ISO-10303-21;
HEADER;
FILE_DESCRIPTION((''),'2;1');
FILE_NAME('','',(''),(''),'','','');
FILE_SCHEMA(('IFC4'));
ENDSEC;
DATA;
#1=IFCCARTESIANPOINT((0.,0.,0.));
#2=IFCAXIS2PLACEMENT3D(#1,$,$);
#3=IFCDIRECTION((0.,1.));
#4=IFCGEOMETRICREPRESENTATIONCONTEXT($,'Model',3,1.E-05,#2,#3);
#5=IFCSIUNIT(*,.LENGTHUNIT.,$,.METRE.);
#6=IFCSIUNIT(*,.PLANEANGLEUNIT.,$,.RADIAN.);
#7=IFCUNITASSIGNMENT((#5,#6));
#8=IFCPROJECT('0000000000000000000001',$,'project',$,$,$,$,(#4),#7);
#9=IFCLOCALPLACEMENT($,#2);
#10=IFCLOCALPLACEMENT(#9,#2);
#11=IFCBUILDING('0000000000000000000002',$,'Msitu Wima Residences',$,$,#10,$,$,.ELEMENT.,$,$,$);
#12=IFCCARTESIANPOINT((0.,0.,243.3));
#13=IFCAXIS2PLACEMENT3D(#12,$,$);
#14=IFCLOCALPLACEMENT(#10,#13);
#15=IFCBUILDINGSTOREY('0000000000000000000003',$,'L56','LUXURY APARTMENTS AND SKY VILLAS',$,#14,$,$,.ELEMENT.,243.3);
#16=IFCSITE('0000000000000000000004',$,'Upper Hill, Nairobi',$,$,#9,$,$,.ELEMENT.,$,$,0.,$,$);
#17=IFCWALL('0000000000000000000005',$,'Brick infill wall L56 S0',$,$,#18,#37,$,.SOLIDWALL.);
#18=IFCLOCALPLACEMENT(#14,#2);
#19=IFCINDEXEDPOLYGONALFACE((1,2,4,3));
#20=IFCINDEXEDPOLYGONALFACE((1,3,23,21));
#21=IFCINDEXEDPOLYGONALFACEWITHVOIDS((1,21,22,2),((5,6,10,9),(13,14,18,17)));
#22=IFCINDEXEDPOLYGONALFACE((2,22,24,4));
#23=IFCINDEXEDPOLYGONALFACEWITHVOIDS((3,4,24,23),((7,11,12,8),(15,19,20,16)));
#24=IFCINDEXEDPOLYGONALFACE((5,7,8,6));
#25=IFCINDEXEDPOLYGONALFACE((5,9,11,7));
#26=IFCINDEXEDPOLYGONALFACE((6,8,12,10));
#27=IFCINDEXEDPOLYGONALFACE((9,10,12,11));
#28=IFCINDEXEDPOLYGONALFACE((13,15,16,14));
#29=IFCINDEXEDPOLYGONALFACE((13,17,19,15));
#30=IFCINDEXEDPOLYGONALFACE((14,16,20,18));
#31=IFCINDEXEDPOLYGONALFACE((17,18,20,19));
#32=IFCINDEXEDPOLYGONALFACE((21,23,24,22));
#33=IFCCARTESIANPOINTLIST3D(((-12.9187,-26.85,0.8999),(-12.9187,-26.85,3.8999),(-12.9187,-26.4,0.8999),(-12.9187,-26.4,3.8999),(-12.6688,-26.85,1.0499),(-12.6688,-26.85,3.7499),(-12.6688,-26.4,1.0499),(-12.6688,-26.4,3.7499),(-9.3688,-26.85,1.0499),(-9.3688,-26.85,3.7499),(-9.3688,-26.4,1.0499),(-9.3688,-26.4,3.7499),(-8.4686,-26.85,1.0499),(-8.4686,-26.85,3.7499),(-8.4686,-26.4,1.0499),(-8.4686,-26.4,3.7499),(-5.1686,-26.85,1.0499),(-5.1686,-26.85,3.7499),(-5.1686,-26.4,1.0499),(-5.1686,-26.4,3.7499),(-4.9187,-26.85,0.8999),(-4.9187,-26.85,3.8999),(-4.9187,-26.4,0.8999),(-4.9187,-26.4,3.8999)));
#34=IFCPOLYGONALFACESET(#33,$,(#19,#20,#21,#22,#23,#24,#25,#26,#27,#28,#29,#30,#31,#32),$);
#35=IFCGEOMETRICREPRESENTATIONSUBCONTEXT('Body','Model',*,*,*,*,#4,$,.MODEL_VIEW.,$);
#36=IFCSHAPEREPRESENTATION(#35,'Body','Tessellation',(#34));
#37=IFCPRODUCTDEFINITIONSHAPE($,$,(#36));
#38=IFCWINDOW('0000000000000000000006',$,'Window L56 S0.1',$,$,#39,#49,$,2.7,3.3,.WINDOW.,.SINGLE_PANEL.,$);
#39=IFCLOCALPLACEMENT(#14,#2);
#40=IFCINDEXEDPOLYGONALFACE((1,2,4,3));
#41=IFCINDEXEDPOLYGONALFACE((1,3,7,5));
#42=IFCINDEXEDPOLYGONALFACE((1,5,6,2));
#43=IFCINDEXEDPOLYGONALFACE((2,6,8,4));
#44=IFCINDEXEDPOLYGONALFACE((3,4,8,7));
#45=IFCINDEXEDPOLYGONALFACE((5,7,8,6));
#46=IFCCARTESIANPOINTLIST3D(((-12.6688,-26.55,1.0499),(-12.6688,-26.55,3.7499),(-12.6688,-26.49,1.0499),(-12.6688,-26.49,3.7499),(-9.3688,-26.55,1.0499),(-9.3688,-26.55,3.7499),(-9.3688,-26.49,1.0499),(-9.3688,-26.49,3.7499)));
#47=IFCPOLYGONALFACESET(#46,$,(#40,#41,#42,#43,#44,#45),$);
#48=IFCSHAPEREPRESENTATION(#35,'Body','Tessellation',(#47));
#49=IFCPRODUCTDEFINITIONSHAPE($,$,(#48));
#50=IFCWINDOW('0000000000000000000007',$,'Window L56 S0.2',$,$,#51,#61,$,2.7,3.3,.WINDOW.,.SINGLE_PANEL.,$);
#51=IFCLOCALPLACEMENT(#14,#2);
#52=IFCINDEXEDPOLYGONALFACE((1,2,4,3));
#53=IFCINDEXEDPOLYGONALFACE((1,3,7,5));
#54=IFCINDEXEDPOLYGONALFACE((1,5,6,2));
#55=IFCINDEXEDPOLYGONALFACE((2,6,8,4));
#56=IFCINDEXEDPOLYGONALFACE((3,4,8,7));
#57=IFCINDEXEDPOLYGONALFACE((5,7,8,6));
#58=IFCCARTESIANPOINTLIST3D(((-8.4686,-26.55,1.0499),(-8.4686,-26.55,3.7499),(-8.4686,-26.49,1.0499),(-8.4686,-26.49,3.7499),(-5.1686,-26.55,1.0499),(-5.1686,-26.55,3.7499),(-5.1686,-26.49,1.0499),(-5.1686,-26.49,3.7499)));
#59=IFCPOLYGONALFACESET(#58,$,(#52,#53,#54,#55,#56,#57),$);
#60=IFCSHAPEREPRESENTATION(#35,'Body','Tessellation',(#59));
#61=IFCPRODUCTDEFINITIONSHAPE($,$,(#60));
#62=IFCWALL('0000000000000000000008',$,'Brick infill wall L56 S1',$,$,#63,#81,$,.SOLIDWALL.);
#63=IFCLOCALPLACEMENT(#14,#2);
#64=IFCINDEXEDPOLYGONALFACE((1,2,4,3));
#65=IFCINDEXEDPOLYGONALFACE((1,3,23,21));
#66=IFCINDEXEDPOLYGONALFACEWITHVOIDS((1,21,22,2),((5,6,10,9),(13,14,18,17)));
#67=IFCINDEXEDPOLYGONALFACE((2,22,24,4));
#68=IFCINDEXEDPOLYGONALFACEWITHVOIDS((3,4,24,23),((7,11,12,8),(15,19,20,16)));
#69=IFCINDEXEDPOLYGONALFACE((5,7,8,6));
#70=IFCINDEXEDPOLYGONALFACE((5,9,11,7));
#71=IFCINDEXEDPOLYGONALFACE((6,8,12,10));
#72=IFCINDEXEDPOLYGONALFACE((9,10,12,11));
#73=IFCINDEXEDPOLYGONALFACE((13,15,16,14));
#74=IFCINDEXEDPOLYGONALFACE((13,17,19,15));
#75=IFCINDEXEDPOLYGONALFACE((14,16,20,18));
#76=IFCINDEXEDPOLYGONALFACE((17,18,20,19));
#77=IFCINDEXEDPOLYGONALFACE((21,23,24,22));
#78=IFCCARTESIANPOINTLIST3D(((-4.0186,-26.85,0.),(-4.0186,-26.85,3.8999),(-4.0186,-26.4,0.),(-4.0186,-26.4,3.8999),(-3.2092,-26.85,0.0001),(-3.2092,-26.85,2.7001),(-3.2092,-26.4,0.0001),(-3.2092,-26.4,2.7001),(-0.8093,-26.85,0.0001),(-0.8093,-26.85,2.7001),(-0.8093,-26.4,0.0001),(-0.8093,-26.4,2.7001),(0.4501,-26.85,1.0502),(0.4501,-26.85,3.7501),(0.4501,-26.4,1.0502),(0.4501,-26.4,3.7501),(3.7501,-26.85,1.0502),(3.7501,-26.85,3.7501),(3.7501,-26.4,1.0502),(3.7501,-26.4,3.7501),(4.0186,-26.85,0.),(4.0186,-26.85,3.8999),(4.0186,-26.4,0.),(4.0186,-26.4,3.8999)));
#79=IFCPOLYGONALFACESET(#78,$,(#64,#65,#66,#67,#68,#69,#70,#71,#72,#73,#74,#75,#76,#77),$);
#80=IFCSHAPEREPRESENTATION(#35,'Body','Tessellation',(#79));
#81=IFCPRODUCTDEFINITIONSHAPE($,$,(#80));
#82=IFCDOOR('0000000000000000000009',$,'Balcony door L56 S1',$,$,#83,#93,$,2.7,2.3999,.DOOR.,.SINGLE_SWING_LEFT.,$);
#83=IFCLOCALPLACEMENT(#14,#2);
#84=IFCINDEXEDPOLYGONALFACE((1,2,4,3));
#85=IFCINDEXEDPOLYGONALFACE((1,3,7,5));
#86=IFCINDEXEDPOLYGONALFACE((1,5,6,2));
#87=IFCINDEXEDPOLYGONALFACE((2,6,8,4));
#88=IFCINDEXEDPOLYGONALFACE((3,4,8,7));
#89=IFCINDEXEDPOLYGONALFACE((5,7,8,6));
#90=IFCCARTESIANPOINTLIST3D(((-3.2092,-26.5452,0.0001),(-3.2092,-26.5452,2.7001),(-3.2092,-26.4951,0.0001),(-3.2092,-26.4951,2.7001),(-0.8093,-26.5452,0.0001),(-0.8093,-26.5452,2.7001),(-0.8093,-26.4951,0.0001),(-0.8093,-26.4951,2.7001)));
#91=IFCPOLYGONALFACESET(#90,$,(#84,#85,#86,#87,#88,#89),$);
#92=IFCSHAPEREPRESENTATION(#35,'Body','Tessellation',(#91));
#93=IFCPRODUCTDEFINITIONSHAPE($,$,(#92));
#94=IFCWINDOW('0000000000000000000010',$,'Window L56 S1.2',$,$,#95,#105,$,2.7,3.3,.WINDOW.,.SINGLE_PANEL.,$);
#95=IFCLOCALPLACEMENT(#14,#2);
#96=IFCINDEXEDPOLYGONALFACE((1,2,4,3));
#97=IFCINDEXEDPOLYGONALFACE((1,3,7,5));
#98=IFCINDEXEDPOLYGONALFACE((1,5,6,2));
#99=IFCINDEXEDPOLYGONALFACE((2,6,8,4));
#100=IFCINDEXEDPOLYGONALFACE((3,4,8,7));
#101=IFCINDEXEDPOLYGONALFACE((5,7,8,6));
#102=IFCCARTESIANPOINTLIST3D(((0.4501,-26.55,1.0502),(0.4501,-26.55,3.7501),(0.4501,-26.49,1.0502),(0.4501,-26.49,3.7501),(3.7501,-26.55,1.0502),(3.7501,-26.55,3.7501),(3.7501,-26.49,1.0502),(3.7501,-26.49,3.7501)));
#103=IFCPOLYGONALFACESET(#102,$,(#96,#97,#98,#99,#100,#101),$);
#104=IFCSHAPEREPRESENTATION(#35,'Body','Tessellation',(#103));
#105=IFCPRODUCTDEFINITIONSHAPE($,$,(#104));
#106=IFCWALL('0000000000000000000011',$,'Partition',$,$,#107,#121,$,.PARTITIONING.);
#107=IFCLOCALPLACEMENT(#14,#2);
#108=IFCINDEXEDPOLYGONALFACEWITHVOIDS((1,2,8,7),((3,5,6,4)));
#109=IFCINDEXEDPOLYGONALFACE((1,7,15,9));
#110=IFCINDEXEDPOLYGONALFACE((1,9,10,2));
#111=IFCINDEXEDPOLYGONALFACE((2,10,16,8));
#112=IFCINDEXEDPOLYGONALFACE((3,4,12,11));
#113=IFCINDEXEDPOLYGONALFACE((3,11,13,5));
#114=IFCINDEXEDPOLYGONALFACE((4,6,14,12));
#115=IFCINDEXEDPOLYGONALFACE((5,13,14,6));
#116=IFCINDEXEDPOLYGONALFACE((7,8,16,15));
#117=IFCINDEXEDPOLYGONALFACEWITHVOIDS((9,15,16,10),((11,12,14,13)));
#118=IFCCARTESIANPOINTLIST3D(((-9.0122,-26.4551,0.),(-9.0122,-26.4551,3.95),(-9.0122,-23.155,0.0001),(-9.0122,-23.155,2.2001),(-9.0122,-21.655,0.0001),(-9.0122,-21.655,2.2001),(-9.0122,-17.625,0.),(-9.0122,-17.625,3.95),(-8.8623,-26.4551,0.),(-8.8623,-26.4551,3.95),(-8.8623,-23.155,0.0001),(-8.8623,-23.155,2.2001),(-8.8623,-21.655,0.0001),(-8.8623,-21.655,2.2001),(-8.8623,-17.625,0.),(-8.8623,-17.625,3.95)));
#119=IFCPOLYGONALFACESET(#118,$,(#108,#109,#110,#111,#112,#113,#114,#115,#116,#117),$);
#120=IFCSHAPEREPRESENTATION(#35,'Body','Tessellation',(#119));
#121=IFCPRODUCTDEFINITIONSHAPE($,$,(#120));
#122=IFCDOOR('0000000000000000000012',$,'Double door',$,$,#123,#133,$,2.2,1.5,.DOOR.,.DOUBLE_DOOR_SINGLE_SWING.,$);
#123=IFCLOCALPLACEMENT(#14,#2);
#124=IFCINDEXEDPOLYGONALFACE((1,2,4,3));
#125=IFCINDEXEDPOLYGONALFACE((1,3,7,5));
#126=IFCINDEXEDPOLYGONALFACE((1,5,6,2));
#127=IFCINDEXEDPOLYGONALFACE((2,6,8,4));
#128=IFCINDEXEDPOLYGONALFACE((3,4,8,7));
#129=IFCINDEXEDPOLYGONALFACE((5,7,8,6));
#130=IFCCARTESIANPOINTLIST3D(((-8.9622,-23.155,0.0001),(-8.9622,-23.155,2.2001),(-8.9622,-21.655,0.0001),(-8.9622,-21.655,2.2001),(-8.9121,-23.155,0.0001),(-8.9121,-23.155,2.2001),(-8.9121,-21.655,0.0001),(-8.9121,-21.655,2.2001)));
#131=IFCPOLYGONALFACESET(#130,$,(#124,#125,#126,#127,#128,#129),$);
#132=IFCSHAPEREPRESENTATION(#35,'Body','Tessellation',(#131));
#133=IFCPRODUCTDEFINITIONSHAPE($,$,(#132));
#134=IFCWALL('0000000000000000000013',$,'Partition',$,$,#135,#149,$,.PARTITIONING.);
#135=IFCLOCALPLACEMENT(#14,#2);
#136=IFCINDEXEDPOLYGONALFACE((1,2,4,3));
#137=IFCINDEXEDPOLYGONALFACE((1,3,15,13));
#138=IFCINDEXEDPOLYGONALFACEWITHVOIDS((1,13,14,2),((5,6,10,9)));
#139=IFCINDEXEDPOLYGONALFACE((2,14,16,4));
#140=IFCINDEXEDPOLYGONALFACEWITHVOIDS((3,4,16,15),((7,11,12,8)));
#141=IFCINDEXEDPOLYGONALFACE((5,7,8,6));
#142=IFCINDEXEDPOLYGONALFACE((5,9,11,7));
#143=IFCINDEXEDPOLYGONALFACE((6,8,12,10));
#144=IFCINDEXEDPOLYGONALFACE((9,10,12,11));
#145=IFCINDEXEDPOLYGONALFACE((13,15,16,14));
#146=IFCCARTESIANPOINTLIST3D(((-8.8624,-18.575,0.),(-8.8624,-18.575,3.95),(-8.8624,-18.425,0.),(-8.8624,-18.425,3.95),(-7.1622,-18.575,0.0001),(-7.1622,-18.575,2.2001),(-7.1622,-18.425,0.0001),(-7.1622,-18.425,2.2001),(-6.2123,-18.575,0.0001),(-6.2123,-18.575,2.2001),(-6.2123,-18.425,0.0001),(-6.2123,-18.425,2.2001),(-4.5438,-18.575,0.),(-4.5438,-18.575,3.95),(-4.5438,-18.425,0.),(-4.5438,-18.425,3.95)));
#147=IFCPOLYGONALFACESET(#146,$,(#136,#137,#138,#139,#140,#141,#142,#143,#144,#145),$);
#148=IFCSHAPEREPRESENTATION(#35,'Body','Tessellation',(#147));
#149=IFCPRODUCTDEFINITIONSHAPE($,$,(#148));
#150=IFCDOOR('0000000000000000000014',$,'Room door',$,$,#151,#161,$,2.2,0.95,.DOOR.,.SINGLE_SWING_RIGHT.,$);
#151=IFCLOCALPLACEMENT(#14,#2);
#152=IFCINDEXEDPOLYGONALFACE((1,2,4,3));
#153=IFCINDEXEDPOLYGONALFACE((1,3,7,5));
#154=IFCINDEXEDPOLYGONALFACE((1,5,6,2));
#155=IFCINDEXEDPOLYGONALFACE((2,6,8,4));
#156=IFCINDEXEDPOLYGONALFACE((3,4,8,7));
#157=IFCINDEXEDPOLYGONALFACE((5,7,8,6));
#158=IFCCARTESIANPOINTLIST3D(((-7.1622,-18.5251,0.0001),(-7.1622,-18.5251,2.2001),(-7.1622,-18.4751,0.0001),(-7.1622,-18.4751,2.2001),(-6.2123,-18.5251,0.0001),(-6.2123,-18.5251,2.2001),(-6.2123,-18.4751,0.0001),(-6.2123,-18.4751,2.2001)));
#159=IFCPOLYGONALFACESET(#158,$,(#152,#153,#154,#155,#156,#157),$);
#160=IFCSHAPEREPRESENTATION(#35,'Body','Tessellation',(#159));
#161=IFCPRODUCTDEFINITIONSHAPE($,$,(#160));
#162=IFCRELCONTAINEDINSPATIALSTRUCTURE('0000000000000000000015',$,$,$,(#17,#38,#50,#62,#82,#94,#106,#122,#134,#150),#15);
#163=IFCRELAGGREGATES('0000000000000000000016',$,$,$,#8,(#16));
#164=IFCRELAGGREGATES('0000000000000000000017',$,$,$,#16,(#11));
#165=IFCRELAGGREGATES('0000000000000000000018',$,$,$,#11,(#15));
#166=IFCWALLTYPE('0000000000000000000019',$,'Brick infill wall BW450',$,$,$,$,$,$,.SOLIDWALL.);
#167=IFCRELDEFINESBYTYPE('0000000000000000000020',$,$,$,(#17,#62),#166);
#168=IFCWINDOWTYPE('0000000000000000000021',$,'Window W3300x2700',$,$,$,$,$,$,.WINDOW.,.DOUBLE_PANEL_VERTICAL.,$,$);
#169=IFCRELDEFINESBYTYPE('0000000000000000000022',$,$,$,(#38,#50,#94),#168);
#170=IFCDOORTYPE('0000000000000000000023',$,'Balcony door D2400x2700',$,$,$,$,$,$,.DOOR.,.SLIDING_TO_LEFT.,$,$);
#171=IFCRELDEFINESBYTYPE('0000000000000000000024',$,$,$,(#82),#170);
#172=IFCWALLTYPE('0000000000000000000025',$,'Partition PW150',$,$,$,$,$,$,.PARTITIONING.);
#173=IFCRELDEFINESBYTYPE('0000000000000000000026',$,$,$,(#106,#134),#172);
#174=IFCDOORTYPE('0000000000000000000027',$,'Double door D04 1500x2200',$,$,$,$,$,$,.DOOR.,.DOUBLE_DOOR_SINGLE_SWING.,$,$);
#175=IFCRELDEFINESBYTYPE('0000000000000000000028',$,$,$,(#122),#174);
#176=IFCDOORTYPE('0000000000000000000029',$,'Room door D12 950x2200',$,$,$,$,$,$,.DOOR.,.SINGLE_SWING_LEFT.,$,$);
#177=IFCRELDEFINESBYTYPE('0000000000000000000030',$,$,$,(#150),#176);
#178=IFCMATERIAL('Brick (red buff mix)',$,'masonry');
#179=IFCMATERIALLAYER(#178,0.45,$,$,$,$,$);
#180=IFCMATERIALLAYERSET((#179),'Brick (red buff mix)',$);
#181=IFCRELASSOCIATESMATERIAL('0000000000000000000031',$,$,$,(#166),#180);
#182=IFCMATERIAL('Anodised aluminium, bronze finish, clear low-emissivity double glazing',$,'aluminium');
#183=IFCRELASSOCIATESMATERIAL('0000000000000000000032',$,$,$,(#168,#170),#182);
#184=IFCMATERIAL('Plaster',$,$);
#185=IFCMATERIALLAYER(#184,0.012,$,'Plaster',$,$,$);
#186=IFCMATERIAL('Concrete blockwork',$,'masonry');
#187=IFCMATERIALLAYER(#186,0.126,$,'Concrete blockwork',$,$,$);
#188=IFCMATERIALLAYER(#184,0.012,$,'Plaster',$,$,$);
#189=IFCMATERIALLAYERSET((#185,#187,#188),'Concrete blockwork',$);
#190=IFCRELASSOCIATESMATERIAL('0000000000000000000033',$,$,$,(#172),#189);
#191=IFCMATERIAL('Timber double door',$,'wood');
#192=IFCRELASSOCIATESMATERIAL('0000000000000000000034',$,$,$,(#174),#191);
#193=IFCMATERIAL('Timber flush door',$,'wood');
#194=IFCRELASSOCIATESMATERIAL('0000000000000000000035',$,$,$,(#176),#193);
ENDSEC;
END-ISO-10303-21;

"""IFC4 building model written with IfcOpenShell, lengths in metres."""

from ifc_helpers import new_model, si_unit, direction, frame, frame_2d, origin, place, context, subcontext, project, spatial, rectangle, extrude, material, layer, layer_set, type_object, element, fill, save


model = new_model("IFC4")

# Units and contexts
model_context = context("Model", 3, precision=1e-05, world=origin(), true_north=direction((0.0, 1.0)))
body_context = subcontext(model_context, "Body", "Model", "MODEL_VIEW")
ifc_project = project(units=[si_unit("LENGTHUNIT", "METRE"), si_unit("PLANEANGLEUNIT", "RADIAN")], contexts=[model_context])

# Site, building, storey
site_placement = place(None, origin())
site = spatial("IfcSite", under=ifc_project, at=site_placement, Name="Upper Hill, Nairobi", CompositionType="ELEMENT", RefElevation=0.0)
building_placement = place(site_placement, origin())
building = spatial("IfcBuilding", under=site, at=building_placement, Name="Msitu Wima Residences", CompositionType="ELEMENT")
storey_placement = place(building_placement, frame((0.0, 0.0, 243.3)))
storey = spatial("IfcBuildingStorey", under=building, at=storey_placement, Name="L56", Description="LUXURY APARTMENTS AND SKY VILLAS", CompositionType="ELEMENT", Elevation=243.3)

# Wall, openings, windows
ifc_material_1 = material(Name="Brick (red buff mix)", Category="masonry")
ifc_layer_1 = layer(ifc_material_1, 0.45)
ifc_layer_set_1 = layer_set([ifc_layer_1], Name="Brick (red buff mix)")
wall_type_1 = type_object("IfcWallType", Name="Brick infill wall BW450", PredefinedType="SOLIDWALL", material=ifc_layer_set_1)
wall_1_placement = place(storey_placement, frame((-12.9187, -26.625, 0.8999), z_axis=(0.0, 0.0, 1.0), x_axis=(1.0, 0.0, 0.0)))
wall_1 = element("IfcWall", 1, at=wall_1_placement, inside=storey, type_object=wall_type_1, Name="Brick infill wall L56 S0", PredefinedType="SOLIDWALL", context=body_context, shape_type="SweptSolid", body=[
    extrude(rectangle(XDim=8.0, YDim=0.45, at=frame_2d((4.0, 0.0))), origin(), (0.0, 0.0, 1.0), 3.0),
])
opening_1_placement = place(wall_1_placement, frame((0.25, 0.0, 0.1499)))
opening_1 = element("IfcOpeningElement", 2, at=opening_1_placement, cuts=wall_1, PredefinedType="OPENING", context=body_context, shape_type="SweptSolid", body=[
    extrude(rectangle(XDim=3.3, YDim=2.7, at=frame_2d((1.6499, 1.3501))), frame((0.0, 0.2349, 0.0), z_axis=(0.0, -1.0, 0.0), x_axis=(1.0, 0.0, 0.0)), (0.0, 0.0, 1.0), 0.47),
])
opening_2_placement = place(wall_1_placement, frame((4.4502, 0.0, 0.1499)))
opening_2 = element("IfcOpeningElement", 3, at=opening_2_placement, cuts=wall_1, PredefinedType="OPENING", context=body_context, shape_type="SweptSolid", body=[
    extrude(rectangle(XDim=3.3, YDim=2.7, at=frame_2d((1.6499, 1.3501))), frame((0.0, 0.2349, 0.0), z_axis=(0.0, -1.0, 0.0), x_axis=(1.0, 0.0, 0.0)), (0.0, 0.0, 1.0), 0.47),
])
ifc_material_2 = material(Name="Anodised aluminium, bronze finish, clear low-emissivity double glazing", Category="aluminium")
window_type = type_object("IfcWindowType", Name="Window W3300x2700", PartitioningType="DOUBLE_PANEL_VERTICAL", PredefinedType="WINDOW", material=ifc_material_2)
window_1_placement = place(opening_1_placement, origin())
window_1 = element("IfcWindow", 4, at=window_1_placement, inside=storey, type_object=window_type, Name="Window L56 S0.1", OverallHeight=2.7, OverallWidth=3.3, PartitioningType="SINGLE_PANEL", PredefinedType="WINDOW", context=body_context, shape_type="SweptSolid", body=[
    extrude(rectangle(XDim=3.3, YDim=2.7, at=frame_2d((1.6499, 1.3501))), frame((0.0, 0.135, 0.0), z_axis=(0.0, -1.0, 0.0), x_axis=(1.0, 0.0, 0.0)), (0.0, 0.0, 1.0), 0.0601),
])
fill(opening_1, window_1)
window_2_placement = place(opening_2_placement, origin())
window_2 = element("IfcWindow", 5, at=window_2_placement, inside=storey, type_object=window_type, Name="Window L56 S0.2", OverallHeight=2.7, OverallWidth=3.3, PartitioningType="SINGLE_PANEL", PredefinedType="WINDOW", context=body_context, shape_type="SweptSolid", body=[
    extrude(rectangle(XDim=3.3, YDim=2.7, at=frame_2d((1.6499, 1.3501))), frame((0.0, 0.135, 0.0), z_axis=(0.0, -1.0, 0.0), x_axis=(1.0, 0.0, 0.0)), (0.0, 0.0, 1.0), 0.0601),
])
fill(opening_2, window_2)

# Wall, openings, door, window
wall_2_placement = place(storey_placement, frame((-4.0186, -26.625, 0.0), z_axis=(0.0, 0.0, 1.0), x_axis=(1.0, 0.0, 0.0)))
wall_2 = element("IfcWall", 6, at=wall_2_placement, inside=storey, type_object=wall_type_1, Name="Brick infill wall L56 S1", PredefinedType="SOLIDWALL", context=body_context, shape_type="SweptSolid", body=[
    extrude(rectangle(XDim=8.0371, YDim=0.45, at=frame_2d((4.0186, 0.0))), origin(), (0.0, 0.0, 1.0), 3.8999),
])
opening_3_placement = place(wall_2_placement, frame((0.8093, 0.0, 0.0)))
opening_3 = element("IfcOpeningElement", 7, at=opening_3_placement, cuts=wall_2, PredefinedType="OPENING", context=body_context, shape_type="SweptSolid", body=[
    extrude(rectangle(XDim=2.3999, YDim=2.7, at=frame_2d((1.2, 1.3501))), frame((0.0, 0.2349, 0.0), z_axis=(0.0, -1.0, 0.0), x_axis=(1.0, 0.0, 0.0)), (0.0, 0.0, 1.0), 0.47),
])
opening_4_placement = place(wall_2_placement, frame((4.4688, 0.0, 1.05)))
opening_4 = element("IfcOpeningElement", 8, at=opening_4_placement, cuts=wall_2, PredefinedType="OPENING", context=body_context, shape_type="SweptSolid", body=[
    extrude(rectangle(XDim=3.3, YDim=2.7, at=frame_2d((1.6499, 1.3501))), frame((0.0, 0.2349, 0.0), z_axis=(0.0, -1.0, 0.0), x_axis=(1.0, 0.0, 0.0)), (0.0, 0.0, 1.0), 0.47),
])
door_type_1 = type_object("IfcDoorType", Name="Balcony door D2400x2700", OperationType="SLIDING_TO_LEFT", PredefinedType="DOOR", material=ifc_material_2)
door_1_placement = place(opening_3_placement, origin())
door_1 = element("IfcDoor", 9, at=door_1_placement, inside=storey, type_object=door_type_1, Name="Balcony door L56 S1", OperationType="SINGLE_SWING_LEFT", OverallHeight=2.7, OverallWidth=2.3999, PredefinedType="DOOR", context=body_context, shape_type="SweptSolid", body=[
    extrude(rectangle(XDim=2.3999, YDim=2.7, at=frame_2d((1.2, 1.3501))), frame((0.0, 0.1299, 0.0), z_axis=(0.0, -1.0, 0.0), x_axis=(1.0, 0.0, 0.0)), (0.0, 0.0, 1.0), 0.05),
])
fill(opening_3, door_1)
window_3_placement = place(opening_4_placement, origin())
window_3 = element("IfcWindow", 10, at=window_3_placement, inside=storey, type_object=window_type, Name="Window L56 S1.2", OverallHeight=2.7, OverallWidth=3.3, PartitioningType="SINGLE_PANEL", PredefinedType="WINDOW", context=body_context, shape_type="SweptSolid", body=[
    extrude(rectangle(XDim=3.3, YDim=2.7, at=frame_2d((1.6499, 1.3501))), frame((0.0, 0.135, 0.0), z_axis=(0.0, -1.0, 0.0), x_axis=(1.0, 0.0, 0.0)), (0.0, 0.0, 1.0), 0.0601),
])
fill(opening_4, window_3)

# Walls, openings, doors
ifc_material_3 = material(Name="Plaster")
ifc_layer_2 = layer(ifc_material_3, 0.012, Name="Plaster")
ifc_material_4 = material(Name="Concrete blockwork", Category="masonry")
ifc_layer_3 = layer(ifc_material_4, 0.126, Name="Concrete blockwork")
ifc_layer_4 = layer(ifc_material_3, 0.012, Name="Plaster")
ifc_layer_set_2 = layer_set([ifc_layer_2, ifc_layer_3, ifc_layer_4], Name="Concrete blockwork")
wall_type_2 = type_object("IfcWallType", Name="Partition PW150", PredefinedType="PARTITIONING", material=ifc_layer_set_2)
wall_3_placement = place(storey_placement, frame((-8.9373, -26.4551, 0.0), z_axis=(0.0, 0.0, 1.0), x_axis=(0.0, 1.0, 0.0)))
wall_3 = element("IfcWall", 11, at=wall_3_placement, inside=storey, type_object=wall_type_2, Name="Partition", PredefinedType="PARTITIONING", context=body_context, shape_type="SweptSolid", body=[
    extrude(rectangle(XDim=8.8301, YDim=0.1499, at=frame_2d((4.415, 0.0))), origin(), (0.0, 0.0, 1.0), 3.95),
])
opening_5_placement = place(wall_3_placement, frame((3.3, 0.0, 0.0)))
opening_5 = element("IfcOpeningElement", 12, at=opening_5_placement, cuts=wall_3, PredefinedType="OPENING", context=body_context, shape_type="SweptSolid", body=[
    extrude(rectangle(XDim=1.5, YDim=2.2, at=frame_2d((0.75, 1.1001))), frame((0.0, 0.085, 0.0), z_axis=(0.0, -1.0, 0.0), x_axis=(1.0, 0.0, 0.0)), (0.0, 0.0, 1.0), 0.1699),
])
ifc_material_5 = material(Name="Timber double door", Category="wood")
door_type_2 = type_object("IfcDoorType", Name="Double door D04 1500x2200", OperationType="DOUBLE_DOOR_SINGLE_SWING", PredefinedType="DOOR", material=ifc_material_5)
door_2_placement = place(opening_5_placement, origin())
door_2 = element("IfcDoor", 13, at=door_2_placement, inside=storey, type_object=door_type_2, Name="Double door", OperationType="DOUBLE_DOOR_SINGLE_SWING", OverallHeight=2.2, OverallWidth=1.5, PredefinedType="DOOR", context=body_context, shape_type="SweptSolid", body=[
    extrude(rectangle(XDim=1.5, YDim=2.2, at=frame_2d((0.75, 1.1001))), frame((0.0, 0.0249, 0.0), z_axis=(0.0, -1.0, 0.0), x_axis=(1.0, 0.0, 0.0)), (0.0, 0.0, 1.0), 0.05),
])
fill(opening_5, door_2)
wall_4_placement = place(storey_placement, frame((-8.8623, -18.5, 0.0), z_axis=(0.0, 0.0, 1.0), x_axis=(1.0, 0.0, 0.0)))
wall_4 = element("IfcWall", 14, at=wall_4_placement, inside=storey, type_object=wall_type_2, Name="Partition", PredefinedType="PARTITIONING", context=body_context, shape_type="SweptSolid", body=[
    extrude(rectangle(XDim=4.3186, YDim=0.1499, at=frame_2d((2.1592, 0.0))), origin(), (0.0, 0.0, 1.0), 3.95),
])
opening_6_placement = place(wall_4_placement, frame((1.7, 0.0, 0.0)))
opening_6 = element("IfcOpeningElement", 15, at=opening_6_placement, cuts=wall_4, PredefinedType="OPENING", context=body_context, shape_type="SweptSolid", body=[
    extrude(rectangle(XDim=0.95, YDim=2.2, at=frame_2d((0.4751, 1.1001))), frame((0.0, 0.085, 0.0), z_axis=(0.0, -1.0, 0.0), x_axis=(1.0, 0.0, 0.0)), (0.0, 0.0, 1.0), 0.1699),
])
ifc_material_6 = material(Name="Timber flush door", Category="wood")
door_type_3 = type_object("IfcDoorType", Name="Room door D12 950x2200", OperationType="SINGLE_SWING_LEFT", PredefinedType="DOOR", material=ifc_material_6)
door_3_placement = place(opening_6_placement, origin())
door_3 = element("IfcDoor", 16, at=door_3_placement, inside=storey, type_object=door_type_3, Name="Room door", OperationType="SINGLE_SWING_RIGHT", OverallHeight=2.2, OverallWidth=0.95, PredefinedType="DOOR", context=body_context, shape_type="SweptSolid", body=[
    extrude(rectangle(XDim=0.95, YDim=2.2, at=frame_2d((0.4751, 1.1001))), frame((0.0, 0.0249, 0.0), z_axis=(0.0, -1.0, 0.0), x_axis=(1.0, 0.0, 0.0)), (0.0, 0.0, 1.0), 0.05),
])
fill(opening_6, door_3)

save(model, "model.ifc")
